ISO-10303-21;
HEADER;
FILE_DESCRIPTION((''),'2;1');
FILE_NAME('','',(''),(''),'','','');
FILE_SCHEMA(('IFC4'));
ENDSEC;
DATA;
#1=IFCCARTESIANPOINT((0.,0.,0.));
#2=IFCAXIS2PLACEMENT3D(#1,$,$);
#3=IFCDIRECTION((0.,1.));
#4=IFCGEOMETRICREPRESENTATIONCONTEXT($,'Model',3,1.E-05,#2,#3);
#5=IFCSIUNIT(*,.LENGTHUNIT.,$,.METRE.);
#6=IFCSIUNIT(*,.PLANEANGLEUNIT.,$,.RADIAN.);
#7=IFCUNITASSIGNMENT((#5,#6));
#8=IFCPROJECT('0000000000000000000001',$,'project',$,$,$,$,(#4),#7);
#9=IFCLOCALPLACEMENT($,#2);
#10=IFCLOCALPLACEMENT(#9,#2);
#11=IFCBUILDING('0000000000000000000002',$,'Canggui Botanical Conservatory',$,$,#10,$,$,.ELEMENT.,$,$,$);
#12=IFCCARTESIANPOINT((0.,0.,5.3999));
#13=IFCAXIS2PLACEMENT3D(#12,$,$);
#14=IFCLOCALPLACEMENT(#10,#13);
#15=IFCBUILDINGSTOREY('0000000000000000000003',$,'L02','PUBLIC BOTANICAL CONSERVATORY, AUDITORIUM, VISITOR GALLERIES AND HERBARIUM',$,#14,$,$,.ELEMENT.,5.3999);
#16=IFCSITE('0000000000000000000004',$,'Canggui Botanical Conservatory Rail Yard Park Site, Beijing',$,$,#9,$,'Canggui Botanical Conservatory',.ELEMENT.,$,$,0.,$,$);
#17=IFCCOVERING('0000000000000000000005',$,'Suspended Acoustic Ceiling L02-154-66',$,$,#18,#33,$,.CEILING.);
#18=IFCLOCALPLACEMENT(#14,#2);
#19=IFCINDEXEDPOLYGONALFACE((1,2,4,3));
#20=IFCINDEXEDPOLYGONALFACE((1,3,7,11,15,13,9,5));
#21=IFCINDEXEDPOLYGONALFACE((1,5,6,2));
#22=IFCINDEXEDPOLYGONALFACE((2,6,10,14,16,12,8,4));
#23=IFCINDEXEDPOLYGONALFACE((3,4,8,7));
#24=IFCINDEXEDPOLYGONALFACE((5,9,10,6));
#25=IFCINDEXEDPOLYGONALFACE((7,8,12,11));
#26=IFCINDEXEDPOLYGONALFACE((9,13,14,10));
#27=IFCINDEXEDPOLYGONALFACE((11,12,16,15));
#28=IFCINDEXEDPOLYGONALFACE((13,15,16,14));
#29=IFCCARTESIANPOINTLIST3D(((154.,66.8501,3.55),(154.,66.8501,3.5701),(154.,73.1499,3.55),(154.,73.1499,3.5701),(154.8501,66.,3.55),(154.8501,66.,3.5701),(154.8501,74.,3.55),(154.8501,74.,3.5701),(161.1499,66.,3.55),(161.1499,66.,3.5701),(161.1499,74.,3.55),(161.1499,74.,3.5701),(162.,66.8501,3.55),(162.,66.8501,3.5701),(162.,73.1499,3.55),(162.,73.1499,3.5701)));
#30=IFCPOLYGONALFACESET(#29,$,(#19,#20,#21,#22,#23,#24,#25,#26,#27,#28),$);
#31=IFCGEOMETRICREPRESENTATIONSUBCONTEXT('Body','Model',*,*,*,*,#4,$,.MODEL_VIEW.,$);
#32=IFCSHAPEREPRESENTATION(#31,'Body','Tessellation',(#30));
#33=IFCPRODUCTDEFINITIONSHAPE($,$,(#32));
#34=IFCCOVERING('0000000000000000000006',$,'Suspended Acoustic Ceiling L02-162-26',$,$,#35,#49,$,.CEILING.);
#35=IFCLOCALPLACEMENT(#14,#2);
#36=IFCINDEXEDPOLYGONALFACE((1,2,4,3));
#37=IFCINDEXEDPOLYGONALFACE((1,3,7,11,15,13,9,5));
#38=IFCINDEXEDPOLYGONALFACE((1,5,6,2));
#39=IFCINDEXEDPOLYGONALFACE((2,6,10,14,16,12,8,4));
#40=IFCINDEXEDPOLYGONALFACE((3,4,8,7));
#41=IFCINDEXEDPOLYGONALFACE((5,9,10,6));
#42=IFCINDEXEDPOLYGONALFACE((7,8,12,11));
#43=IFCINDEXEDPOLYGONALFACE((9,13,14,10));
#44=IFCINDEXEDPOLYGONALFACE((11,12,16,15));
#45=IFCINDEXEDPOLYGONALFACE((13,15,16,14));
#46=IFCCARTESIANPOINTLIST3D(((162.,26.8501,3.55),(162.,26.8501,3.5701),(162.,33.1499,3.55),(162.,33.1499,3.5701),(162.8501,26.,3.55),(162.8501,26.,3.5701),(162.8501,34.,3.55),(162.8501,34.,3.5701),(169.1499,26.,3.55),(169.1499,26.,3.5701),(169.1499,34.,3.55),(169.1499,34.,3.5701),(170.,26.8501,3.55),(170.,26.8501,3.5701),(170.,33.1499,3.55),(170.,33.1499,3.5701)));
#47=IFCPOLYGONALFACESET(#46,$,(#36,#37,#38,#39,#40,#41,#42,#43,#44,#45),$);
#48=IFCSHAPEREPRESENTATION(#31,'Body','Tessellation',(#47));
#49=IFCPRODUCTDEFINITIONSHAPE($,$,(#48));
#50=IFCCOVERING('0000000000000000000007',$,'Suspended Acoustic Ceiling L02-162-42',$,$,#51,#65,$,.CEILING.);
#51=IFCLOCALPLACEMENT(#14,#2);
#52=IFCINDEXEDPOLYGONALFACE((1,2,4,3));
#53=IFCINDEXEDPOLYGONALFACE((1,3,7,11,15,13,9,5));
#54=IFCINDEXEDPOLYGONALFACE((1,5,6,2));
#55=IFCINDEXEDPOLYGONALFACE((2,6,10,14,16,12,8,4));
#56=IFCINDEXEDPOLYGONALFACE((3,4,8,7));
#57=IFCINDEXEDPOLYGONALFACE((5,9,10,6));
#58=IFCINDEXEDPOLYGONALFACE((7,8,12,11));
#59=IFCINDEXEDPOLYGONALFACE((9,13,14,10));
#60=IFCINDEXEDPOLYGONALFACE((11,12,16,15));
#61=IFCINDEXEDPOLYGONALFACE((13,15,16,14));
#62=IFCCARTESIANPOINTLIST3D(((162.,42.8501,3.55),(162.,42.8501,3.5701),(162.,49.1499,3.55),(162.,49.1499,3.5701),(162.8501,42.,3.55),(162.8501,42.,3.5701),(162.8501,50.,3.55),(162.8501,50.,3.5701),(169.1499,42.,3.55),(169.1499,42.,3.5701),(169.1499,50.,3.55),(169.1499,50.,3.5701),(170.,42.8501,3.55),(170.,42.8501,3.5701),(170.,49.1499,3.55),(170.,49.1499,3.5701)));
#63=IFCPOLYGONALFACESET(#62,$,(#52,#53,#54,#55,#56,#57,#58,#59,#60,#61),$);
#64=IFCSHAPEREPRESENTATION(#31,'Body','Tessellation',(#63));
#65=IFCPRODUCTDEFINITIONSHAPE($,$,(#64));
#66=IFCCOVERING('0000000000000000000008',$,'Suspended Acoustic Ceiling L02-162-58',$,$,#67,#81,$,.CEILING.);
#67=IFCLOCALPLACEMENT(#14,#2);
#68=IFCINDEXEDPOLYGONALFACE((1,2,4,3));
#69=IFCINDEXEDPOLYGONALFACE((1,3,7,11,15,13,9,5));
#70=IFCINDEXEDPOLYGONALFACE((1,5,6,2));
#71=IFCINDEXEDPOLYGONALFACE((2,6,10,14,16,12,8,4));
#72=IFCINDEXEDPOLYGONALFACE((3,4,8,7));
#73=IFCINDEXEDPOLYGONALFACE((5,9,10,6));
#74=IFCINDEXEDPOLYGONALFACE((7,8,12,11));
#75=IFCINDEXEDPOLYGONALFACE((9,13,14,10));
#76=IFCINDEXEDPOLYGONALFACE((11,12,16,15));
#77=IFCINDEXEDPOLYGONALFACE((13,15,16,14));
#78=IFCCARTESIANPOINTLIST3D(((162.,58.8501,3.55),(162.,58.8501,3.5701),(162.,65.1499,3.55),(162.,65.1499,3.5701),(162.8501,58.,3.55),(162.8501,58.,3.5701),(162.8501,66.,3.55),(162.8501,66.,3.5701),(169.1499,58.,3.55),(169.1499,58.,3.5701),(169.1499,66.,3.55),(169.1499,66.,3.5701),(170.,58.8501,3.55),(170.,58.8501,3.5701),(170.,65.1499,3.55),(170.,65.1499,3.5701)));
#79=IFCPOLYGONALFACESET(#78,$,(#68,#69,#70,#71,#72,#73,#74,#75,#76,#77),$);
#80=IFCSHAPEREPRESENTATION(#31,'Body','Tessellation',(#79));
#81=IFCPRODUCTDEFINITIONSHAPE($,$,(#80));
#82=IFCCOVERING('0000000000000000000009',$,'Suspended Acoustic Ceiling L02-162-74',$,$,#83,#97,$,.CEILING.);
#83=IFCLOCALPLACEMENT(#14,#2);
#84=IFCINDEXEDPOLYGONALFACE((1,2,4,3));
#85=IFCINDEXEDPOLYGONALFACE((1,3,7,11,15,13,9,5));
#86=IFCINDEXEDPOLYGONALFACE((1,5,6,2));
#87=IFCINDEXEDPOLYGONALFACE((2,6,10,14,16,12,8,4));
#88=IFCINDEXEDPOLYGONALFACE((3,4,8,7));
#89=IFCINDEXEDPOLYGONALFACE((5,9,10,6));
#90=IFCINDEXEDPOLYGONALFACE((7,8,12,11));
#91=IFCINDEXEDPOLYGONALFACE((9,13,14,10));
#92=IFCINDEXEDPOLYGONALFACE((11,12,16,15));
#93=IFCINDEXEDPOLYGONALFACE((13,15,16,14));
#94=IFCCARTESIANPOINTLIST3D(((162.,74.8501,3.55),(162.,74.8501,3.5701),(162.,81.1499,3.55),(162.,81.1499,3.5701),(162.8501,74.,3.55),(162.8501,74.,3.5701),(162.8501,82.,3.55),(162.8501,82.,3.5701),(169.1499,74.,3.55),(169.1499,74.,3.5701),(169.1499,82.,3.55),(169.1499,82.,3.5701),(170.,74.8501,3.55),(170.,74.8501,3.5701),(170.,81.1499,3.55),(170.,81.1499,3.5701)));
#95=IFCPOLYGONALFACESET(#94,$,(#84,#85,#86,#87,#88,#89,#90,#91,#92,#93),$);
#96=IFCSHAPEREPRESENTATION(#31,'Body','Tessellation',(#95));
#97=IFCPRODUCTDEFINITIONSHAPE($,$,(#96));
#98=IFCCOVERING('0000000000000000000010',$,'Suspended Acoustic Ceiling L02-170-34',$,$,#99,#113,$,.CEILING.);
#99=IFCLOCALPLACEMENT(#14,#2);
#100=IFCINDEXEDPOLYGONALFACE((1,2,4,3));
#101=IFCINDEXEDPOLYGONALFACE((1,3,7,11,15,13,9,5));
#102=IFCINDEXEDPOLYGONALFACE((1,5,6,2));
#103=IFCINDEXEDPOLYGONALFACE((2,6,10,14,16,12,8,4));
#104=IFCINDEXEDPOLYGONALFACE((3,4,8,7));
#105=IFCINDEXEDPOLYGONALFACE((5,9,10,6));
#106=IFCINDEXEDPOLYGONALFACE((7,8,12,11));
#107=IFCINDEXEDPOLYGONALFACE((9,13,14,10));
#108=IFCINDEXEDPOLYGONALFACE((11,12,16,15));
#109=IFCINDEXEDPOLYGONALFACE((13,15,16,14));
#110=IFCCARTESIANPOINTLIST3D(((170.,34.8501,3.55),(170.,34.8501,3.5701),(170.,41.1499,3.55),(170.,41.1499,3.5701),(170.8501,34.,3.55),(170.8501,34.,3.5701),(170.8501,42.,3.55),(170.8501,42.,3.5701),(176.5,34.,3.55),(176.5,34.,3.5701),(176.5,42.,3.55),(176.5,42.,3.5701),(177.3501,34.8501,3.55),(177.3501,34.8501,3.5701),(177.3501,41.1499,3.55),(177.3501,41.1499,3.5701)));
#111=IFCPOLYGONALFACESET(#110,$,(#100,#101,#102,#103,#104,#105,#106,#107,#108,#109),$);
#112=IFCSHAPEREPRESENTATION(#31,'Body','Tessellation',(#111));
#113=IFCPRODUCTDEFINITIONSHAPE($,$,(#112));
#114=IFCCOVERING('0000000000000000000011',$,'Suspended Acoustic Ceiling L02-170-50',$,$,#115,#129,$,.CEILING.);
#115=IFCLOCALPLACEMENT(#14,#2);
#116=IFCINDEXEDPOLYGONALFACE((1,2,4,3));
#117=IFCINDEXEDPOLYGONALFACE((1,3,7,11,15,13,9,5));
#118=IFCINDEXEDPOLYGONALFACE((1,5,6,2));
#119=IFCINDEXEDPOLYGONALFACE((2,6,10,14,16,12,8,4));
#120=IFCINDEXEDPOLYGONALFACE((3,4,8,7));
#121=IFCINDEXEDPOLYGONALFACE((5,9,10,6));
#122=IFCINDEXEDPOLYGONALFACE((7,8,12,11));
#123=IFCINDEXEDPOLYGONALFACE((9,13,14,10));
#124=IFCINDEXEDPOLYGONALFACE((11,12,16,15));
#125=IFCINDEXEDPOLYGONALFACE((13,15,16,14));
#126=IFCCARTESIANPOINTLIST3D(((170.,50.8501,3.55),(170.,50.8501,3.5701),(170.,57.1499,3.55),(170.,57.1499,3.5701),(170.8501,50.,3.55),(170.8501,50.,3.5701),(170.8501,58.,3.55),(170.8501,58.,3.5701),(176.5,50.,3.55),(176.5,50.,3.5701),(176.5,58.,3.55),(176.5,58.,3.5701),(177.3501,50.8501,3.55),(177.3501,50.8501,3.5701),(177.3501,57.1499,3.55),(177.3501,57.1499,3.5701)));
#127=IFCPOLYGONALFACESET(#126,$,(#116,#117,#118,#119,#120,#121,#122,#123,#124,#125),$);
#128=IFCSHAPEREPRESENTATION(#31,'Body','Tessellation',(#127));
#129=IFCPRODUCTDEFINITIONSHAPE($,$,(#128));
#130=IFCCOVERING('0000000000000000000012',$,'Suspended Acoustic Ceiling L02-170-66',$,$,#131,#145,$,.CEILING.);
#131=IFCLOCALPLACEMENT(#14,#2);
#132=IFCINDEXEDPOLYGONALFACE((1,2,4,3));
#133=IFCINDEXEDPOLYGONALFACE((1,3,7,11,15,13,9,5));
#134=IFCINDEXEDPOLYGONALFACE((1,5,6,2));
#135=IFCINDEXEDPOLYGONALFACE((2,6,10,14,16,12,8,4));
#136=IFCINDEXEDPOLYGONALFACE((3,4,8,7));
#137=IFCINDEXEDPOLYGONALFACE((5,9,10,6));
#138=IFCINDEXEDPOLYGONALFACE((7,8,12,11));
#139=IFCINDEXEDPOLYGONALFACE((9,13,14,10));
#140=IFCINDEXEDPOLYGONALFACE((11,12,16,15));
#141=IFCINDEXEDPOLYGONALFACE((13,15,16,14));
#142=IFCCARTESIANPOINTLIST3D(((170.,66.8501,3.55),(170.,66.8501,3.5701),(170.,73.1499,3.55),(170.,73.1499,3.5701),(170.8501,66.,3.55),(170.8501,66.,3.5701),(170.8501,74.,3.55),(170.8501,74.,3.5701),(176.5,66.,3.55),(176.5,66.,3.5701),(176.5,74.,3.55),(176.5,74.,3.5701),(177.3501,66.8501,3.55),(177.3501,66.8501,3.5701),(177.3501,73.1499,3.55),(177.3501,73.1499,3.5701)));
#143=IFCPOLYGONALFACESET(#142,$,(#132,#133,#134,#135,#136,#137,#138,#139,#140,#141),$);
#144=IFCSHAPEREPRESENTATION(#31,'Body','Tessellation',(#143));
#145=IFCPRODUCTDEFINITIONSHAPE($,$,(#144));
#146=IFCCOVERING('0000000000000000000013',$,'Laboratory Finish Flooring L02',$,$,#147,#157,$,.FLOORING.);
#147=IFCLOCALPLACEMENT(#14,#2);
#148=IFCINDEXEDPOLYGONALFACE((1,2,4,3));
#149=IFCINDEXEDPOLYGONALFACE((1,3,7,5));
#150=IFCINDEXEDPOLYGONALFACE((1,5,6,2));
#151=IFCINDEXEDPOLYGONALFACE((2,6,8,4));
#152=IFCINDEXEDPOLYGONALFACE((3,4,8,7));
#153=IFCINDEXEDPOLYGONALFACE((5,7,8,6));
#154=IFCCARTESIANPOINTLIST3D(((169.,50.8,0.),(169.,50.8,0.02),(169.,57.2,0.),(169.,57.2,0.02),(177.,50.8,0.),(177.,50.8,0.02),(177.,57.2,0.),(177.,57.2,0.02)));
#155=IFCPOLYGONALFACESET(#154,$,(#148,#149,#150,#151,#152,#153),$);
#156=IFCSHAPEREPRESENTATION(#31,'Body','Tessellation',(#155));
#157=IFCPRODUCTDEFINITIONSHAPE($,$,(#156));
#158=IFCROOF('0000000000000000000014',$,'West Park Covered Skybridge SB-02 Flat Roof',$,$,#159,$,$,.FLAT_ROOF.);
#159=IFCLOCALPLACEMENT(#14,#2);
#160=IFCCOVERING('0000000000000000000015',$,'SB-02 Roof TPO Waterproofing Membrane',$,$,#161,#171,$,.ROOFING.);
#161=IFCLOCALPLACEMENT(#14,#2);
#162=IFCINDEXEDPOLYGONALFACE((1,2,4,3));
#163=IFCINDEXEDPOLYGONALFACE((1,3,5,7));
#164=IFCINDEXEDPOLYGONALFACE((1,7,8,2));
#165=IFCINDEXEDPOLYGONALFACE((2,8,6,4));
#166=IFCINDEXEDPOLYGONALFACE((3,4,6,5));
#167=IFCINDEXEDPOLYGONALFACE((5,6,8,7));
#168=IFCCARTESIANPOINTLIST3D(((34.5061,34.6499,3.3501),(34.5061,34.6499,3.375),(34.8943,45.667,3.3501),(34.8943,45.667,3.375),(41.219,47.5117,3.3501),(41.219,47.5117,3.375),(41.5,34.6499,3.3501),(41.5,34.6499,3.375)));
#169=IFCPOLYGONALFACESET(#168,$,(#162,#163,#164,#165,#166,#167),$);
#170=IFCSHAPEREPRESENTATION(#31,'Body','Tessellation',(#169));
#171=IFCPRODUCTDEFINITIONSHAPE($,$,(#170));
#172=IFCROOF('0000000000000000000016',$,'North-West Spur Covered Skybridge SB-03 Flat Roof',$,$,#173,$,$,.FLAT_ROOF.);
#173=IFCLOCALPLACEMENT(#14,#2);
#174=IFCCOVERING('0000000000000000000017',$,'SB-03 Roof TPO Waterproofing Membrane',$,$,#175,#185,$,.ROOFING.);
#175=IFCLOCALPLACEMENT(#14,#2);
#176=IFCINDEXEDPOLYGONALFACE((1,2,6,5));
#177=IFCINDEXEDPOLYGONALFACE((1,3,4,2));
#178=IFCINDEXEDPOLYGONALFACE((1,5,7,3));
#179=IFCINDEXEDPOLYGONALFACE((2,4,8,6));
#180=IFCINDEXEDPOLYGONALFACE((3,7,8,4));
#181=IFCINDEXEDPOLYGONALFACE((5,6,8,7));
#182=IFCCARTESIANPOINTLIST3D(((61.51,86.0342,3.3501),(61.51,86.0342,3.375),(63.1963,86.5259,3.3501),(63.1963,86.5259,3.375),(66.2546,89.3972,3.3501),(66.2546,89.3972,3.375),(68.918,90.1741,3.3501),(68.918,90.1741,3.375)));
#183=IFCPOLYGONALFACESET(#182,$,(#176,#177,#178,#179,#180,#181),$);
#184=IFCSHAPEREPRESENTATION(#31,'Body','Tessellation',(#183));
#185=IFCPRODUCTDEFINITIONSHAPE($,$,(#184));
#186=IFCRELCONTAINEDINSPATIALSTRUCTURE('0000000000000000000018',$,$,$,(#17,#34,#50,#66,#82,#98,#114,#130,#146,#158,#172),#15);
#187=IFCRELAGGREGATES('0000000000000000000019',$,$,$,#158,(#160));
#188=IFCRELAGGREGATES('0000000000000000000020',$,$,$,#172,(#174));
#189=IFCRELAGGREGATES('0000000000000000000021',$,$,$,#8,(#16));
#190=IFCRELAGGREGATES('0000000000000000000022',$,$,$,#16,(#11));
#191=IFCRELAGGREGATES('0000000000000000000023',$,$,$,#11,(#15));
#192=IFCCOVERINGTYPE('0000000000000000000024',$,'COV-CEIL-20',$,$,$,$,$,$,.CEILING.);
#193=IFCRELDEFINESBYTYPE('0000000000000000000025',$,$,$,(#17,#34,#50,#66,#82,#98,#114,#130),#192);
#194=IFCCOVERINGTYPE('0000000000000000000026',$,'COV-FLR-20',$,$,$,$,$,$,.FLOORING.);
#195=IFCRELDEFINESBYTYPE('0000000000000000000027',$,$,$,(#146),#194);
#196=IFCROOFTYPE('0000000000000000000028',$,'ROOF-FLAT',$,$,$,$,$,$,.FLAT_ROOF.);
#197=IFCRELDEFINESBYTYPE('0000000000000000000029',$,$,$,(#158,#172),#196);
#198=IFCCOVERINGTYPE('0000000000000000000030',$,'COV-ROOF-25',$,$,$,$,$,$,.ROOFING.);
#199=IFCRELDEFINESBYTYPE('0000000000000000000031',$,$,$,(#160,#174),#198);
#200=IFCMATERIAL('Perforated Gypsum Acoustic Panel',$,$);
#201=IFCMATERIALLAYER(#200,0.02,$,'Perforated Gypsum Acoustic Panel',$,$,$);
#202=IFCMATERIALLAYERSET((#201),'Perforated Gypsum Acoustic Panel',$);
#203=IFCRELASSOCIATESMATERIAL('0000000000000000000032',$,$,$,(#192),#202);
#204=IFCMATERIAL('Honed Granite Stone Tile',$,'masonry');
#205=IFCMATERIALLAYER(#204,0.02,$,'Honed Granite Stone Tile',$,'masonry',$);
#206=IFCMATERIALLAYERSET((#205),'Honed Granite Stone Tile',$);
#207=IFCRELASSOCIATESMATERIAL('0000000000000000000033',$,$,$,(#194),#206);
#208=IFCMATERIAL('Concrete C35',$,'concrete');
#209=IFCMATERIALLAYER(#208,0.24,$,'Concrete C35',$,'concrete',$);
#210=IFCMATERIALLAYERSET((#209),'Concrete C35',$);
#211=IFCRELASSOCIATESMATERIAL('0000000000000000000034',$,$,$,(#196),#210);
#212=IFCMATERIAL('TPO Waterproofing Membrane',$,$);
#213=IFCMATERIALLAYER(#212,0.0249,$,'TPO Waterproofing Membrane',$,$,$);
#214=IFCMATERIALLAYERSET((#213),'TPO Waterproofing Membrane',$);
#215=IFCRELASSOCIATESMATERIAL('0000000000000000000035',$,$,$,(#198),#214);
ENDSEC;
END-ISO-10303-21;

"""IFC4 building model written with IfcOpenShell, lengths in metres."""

from ifc_helpers import new_model, si_unit, direction, frame, origin, place, context, subcontext, project, spatial, polyline, outline, extrude, material, layer, layer_set, type_object, element, aggregate, save


model = new_model("IFC4")

# Units and contexts
model_context = context("Model", 3, precision=1e-05, world=origin(), true_north=direction((0.0, 1.0)))
body_context = subcontext(model_context, "Body", "Model", "MODEL_VIEW")
ifc_project = project(units=[si_unit("LENGTHUNIT", "METRE"), si_unit("PLANEANGLEUNIT", "RADIAN")], contexts=[model_context])

# Site, building, storey
site_placement = place(None, origin())
site = spatial("IfcSite", under=ifc_project, at=site_placement, Name="Canggui Botanical Conservatory Rail Yard Park Site, Beijing", LongName="Canggui Botanical Conservatory", CompositionType="ELEMENT", RefElevation=0.0)
building_placement = place(site_placement, origin())
building = spatial("IfcBuilding", under=site, at=building_placement, Name="Canggui Botanical Conservatory", CompositionType="ELEMENT")
storey_placement = place(building_placement, frame((0.0, 0.0, 5.3999)))
storey = spatial("IfcBuildingStorey", under=building, at=storey_placement, Name="L02", Description="PUBLIC BOTANICAL CONSERVATORY, AUDITORIUM, VISITOR GALLERIES AND HERBARIUM", CompositionType="ELEMENT", Elevation=5.3999)

# Shared definitions
ifc_material_1 = material(Name="Concrete C35", Category="concrete")

# Coverings
ifc_material_2 = material(Name="Perforated Gypsum Acoustic Panel")
ifc_layer_1 = layer(ifc_material_2, 0.02, Name="Perforated Gypsum Acoustic Panel")
ifc_layer_set_1 = layer_set([ifc_layer_1], Name="Perforated Gypsum Acoustic Panel")
covering_type_1 = type_object("IfcCoveringType", Name="COV-CEIL-20", PredefinedType="CEILING", material=ifc_layer_set_1)
covering_1_placement = place(storey_placement, frame((0.0, 0.0, 3.55)))
element("IfcCovering", 1, at=covering_1_placement, inside=storey, type_object=covering_type_1, Name="Suspended Acoustic Ceiling L02-154-66", PredefinedType="CEILING", context=body_context, shape_type="SweptSolid", body=[
    extrude(outline(polyline([(154.8501, 66.0), (161.1499, 66.0), (162.0, 66.8501), (162.0, 73.1499), (161.1499, 74.0), (154.8501, 74.0), (154.0, 73.1499), (154.0, 66.8501), (154.8501, 66.0)])), origin(), (0.0, 0.0, 1.0), 0.02),
])
covering_2_placement = place(storey_placement, frame((0.0, 0.0, 3.55)))
element("IfcCovering", 2, at=covering_2_placement, inside=storey, type_object=covering_type_1, Name="Suspended Acoustic Ceiling L02-162-26", PredefinedType="CEILING", context=body_context, shape_type="SweptSolid", body=[
    extrude(outline(polyline([(162.8501, 26.0), (169.1499, 26.0), (170.0, 26.8501), (170.0, 33.1499), (169.1499, 34.0), (162.8501, 34.0), (162.0, 33.1499), (162.0, 26.8501), (162.8501, 26.0)])), origin(), (0.0, 0.0, 1.0), 0.02),
])
covering_3_placement = place(storey_placement, frame((0.0, 0.0, 3.55)))
element("IfcCovering", 3, at=covering_3_placement, inside=storey, type_object=covering_type_1, Name="Suspended Acoustic Ceiling L02-162-42", PredefinedType="CEILING", context=body_context, shape_type="SweptSolid", body=[
    extrude(outline(polyline([(162.8501, 42.0), (169.1499, 42.0), (170.0, 42.8501), (170.0, 49.1499), (169.1499, 50.0), (162.8501, 50.0), (162.0, 49.1499), (162.0, 42.8501), (162.8501, 42.0)])), origin(), (0.0, 0.0, 1.0), 0.02),
])
covering_4_placement = place(storey_placement, frame((0.0, 0.0, 3.55)))
element("IfcCovering", 4, at=covering_4_placement, inside=storey, type_object=covering_type_1, Name="Suspended Acoustic Ceiling L02-162-58", PredefinedType="CEILING", context=body_context, shape_type="SweptSolid", body=[
    extrude(outline(polyline([(162.8501, 58.0), (169.1499, 58.0), (170.0, 58.8501), (170.0, 65.1499), (169.1499, 66.0), (162.8501, 66.0), (162.0, 65.1499), (162.0, 58.8501), (162.8501, 58.0)])), origin(), (0.0, 0.0, 1.0), 0.02),
])
covering_5_placement = place(storey_placement, frame((0.0, 0.0, 3.55)))
element("IfcCovering", 5, at=covering_5_placement, inside=storey, type_object=covering_type_1, Name="Suspended Acoustic Ceiling L02-162-74", PredefinedType="CEILING", context=body_context, shape_type="SweptSolid", body=[
    extrude(outline(polyline([(162.8501, 74.0), (169.1499, 74.0), (170.0, 74.8501), (170.0, 81.1499), (169.1499, 82.0), (162.8501, 82.0), (162.0, 81.1499), (162.0, 74.8501), (162.8501, 74.0)])), origin(), (0.0, 0.0, 1.0), 0.02),
])
covering_6_placement = place(storey_placement, frame((0.0, 0.0, 3.55)))
element("IfcCovering", 6, at=covering_6_placement, inside=storey, type_object=covering_type_1, Name="Suspended Acoustic Ceiling L02-170-34", PredefinedType="CEILING", context=body_context, shape_type="SweptSolid", body=[
    extrude(outline(polyline([(170.8501, 34.0), (176.5, 34.0), (177.3501, 34.8501), (177.3501, 41.1499), (176.5, 42.0), (170.8501, 42.0), (170.0, 41.1499), (170.0, 34.8501), (170.8501, 34.0)])), origin(), (0.0, 0.0, 1.0), 0.02),
])
covering_7_placement = place(storey_placement, frame((0.0, 0.0, 3.55)))
element("IfcCovering", 7, at=covering_7_placement, inside=storey, type_object=covering_type_1, Name="Suspended Acoustic Ceiling L02-170-50", PredefinedType="CEILING", context=body_context, shape_type="SweptSolid", body=[
    extrude(outline(polyline([(170.8501, 50.0), (176.5, 50.0), (177.3501, 50.8501), (177.3501, 57.1499), (176.5, 58.0), (170.8501, 58.0), (170.0, 57.1499), (170.0, 50.8501), (170.8501, 50.0)])), origin(), (0.0, 0.0, 1.0), 0.02),
])
covering_8_placement = place(storey_placement, frame((0.0, 0.0, 3.55)))
element("IfcCovering", 8, at=covering_8_placement, inside=storey, type_object=covering_type_1, Name="Suspended Acoustic Ceiling L02-170-66", PredefinedType="CEILING", context=body_context, shape_type="SweptSolid", body=[
    extrude(outline(polyline([(170.8501, 66.0), (176.5, 66.0), (177.3501, 66.8501), (177.3501, 73.1499), (176.5, 74.0), (170.8501, 74.0), (170.0, 73.1499), (170.0, 66.8501), (170.8501, 66.0)])), origin(), (0.0, 0.0, 1.0), 0.02),
])
ifc_material_3 = material(Name="Honed Granite Stone Tile", Category="masonry")
ifc_layer_2 = layer(ifc_material_3, 0.02, Name="Honed Granite Stone Tile", Category="masonry")
ifc_layer_set_2 = layer_set([ifc_layer_2], Name="Honed Granite Stone Tile")
covering_type_2 = type_object("IfcCoveringType", Name="COV-FLR-20", PredefinedType="FLOORING", material=ifc_layer_set_2)
covering_9_placement = place(storey_placement, origin())
element("IfcCovering", 9, at=covering_9_placement, inside=storey, type_object=covering_type_2, Name="Laboratory Finish Flooring L02", PredefinedType="FLOORING", context=body_context, shape_type="SweptSolid", body=[
    extrude(outline(polyline([(169.0, 50.8), (177.0, 50.8), (177.0, 57.2), (169.0, 57.2), (169.0, 50.8)])), origin(), (0.0, 0.0, 1.0), 0.02),
])

# Roofs, coverings
ifc_layer_3 = layer(ifc_material_1, 0.24, Name="Concrete C35", Category="concrete")
ifc_layer_set_3 = layer_set([ifc_layer_3], Name="Concrete C35")
roof_type_1 = type_object("IfcRoofType", Name="ROOF-FLAT", PredefinedType="FLAT_ROOF", material=ifc_layer_set_3)
roof_1_placement = place(storey_placement, origin())
roof_1 = element("IfcRoof", 10, at=roof_1_placement, inside=storey, type_object=roof_type_1, Name="West Park Covered Skybridge SB-02 Flat Roof", PredefinedType="FLAT_ROOF")
ifc_material_4 = material(Name="TPO Waterproofing Membrane")
ifc_layer_4 = layer(ifc_material_4, 0.0249, Name="TPO Waterproofing Membrane")
ifc_layer_set_4 = layer_set([ifc_layer_4], Name="TPO Waterproofing Membrane")
covering_type_3 = type_object("IfcCoveringType", Name="COV-ROOF-25", PredefinedType="ROOFING", material=ifc_layer_set_4)
covering_10_placement = place(storey_placement, frame((0.0, 0.0, 3.3501)))
covering_10 = element("IfcCovering", 11, at=covering_10_placement, type_object=covering_type_3, Name="SB-02 Roof TPO Waterproofing Membrane", PredefinedType="ROOFING", context=body_context, shape_type="SweptSolid", body=[
    extrude(outline(polyline([(34.5061, 34.6499), (34.8943, 45.667), (41.219, 47.5117), (41.5, 34.6499), (34.5061, 34.6499)])), origin(), (0.0, 0.0, 1.0), 0.0249),
])
aggregate(roof_1, [covering_10])
roof_2_placement = place(storey_placement, origin())
roof_2 = element("IfcRoof", 12, at=roof_2_placement, inside=storey, type_object=roof_type_1, Name="North-West Spur Covered Skybridge SB-03 Flat Roof", PredefinedType="FLAT_ROOF")
covering_11_placement = place(storey_placement, frame((0.0, 0.0, 3.3501)))
covering_11 = element("IfcCovering", 13, at=covering_11_placement, type_object=covering_type_3, Name="SB-03 Roof TPO Waterproofing Membrane", PredefinedType="ROOFING", context=body_context, shape_type="SweptSolid", body=[
    extrude(outline(polyline([(61.51, 86.0342), (66.2546, 89.3972), (68.918, 90.1741), (63.1963, 86.5259), (61.51, 86.0342)])), origin(), (0.0, 0.0, 1.0), 0.0249),
])
aggregate(roof_2, [covering_11])

save(model, "model.ifc")
